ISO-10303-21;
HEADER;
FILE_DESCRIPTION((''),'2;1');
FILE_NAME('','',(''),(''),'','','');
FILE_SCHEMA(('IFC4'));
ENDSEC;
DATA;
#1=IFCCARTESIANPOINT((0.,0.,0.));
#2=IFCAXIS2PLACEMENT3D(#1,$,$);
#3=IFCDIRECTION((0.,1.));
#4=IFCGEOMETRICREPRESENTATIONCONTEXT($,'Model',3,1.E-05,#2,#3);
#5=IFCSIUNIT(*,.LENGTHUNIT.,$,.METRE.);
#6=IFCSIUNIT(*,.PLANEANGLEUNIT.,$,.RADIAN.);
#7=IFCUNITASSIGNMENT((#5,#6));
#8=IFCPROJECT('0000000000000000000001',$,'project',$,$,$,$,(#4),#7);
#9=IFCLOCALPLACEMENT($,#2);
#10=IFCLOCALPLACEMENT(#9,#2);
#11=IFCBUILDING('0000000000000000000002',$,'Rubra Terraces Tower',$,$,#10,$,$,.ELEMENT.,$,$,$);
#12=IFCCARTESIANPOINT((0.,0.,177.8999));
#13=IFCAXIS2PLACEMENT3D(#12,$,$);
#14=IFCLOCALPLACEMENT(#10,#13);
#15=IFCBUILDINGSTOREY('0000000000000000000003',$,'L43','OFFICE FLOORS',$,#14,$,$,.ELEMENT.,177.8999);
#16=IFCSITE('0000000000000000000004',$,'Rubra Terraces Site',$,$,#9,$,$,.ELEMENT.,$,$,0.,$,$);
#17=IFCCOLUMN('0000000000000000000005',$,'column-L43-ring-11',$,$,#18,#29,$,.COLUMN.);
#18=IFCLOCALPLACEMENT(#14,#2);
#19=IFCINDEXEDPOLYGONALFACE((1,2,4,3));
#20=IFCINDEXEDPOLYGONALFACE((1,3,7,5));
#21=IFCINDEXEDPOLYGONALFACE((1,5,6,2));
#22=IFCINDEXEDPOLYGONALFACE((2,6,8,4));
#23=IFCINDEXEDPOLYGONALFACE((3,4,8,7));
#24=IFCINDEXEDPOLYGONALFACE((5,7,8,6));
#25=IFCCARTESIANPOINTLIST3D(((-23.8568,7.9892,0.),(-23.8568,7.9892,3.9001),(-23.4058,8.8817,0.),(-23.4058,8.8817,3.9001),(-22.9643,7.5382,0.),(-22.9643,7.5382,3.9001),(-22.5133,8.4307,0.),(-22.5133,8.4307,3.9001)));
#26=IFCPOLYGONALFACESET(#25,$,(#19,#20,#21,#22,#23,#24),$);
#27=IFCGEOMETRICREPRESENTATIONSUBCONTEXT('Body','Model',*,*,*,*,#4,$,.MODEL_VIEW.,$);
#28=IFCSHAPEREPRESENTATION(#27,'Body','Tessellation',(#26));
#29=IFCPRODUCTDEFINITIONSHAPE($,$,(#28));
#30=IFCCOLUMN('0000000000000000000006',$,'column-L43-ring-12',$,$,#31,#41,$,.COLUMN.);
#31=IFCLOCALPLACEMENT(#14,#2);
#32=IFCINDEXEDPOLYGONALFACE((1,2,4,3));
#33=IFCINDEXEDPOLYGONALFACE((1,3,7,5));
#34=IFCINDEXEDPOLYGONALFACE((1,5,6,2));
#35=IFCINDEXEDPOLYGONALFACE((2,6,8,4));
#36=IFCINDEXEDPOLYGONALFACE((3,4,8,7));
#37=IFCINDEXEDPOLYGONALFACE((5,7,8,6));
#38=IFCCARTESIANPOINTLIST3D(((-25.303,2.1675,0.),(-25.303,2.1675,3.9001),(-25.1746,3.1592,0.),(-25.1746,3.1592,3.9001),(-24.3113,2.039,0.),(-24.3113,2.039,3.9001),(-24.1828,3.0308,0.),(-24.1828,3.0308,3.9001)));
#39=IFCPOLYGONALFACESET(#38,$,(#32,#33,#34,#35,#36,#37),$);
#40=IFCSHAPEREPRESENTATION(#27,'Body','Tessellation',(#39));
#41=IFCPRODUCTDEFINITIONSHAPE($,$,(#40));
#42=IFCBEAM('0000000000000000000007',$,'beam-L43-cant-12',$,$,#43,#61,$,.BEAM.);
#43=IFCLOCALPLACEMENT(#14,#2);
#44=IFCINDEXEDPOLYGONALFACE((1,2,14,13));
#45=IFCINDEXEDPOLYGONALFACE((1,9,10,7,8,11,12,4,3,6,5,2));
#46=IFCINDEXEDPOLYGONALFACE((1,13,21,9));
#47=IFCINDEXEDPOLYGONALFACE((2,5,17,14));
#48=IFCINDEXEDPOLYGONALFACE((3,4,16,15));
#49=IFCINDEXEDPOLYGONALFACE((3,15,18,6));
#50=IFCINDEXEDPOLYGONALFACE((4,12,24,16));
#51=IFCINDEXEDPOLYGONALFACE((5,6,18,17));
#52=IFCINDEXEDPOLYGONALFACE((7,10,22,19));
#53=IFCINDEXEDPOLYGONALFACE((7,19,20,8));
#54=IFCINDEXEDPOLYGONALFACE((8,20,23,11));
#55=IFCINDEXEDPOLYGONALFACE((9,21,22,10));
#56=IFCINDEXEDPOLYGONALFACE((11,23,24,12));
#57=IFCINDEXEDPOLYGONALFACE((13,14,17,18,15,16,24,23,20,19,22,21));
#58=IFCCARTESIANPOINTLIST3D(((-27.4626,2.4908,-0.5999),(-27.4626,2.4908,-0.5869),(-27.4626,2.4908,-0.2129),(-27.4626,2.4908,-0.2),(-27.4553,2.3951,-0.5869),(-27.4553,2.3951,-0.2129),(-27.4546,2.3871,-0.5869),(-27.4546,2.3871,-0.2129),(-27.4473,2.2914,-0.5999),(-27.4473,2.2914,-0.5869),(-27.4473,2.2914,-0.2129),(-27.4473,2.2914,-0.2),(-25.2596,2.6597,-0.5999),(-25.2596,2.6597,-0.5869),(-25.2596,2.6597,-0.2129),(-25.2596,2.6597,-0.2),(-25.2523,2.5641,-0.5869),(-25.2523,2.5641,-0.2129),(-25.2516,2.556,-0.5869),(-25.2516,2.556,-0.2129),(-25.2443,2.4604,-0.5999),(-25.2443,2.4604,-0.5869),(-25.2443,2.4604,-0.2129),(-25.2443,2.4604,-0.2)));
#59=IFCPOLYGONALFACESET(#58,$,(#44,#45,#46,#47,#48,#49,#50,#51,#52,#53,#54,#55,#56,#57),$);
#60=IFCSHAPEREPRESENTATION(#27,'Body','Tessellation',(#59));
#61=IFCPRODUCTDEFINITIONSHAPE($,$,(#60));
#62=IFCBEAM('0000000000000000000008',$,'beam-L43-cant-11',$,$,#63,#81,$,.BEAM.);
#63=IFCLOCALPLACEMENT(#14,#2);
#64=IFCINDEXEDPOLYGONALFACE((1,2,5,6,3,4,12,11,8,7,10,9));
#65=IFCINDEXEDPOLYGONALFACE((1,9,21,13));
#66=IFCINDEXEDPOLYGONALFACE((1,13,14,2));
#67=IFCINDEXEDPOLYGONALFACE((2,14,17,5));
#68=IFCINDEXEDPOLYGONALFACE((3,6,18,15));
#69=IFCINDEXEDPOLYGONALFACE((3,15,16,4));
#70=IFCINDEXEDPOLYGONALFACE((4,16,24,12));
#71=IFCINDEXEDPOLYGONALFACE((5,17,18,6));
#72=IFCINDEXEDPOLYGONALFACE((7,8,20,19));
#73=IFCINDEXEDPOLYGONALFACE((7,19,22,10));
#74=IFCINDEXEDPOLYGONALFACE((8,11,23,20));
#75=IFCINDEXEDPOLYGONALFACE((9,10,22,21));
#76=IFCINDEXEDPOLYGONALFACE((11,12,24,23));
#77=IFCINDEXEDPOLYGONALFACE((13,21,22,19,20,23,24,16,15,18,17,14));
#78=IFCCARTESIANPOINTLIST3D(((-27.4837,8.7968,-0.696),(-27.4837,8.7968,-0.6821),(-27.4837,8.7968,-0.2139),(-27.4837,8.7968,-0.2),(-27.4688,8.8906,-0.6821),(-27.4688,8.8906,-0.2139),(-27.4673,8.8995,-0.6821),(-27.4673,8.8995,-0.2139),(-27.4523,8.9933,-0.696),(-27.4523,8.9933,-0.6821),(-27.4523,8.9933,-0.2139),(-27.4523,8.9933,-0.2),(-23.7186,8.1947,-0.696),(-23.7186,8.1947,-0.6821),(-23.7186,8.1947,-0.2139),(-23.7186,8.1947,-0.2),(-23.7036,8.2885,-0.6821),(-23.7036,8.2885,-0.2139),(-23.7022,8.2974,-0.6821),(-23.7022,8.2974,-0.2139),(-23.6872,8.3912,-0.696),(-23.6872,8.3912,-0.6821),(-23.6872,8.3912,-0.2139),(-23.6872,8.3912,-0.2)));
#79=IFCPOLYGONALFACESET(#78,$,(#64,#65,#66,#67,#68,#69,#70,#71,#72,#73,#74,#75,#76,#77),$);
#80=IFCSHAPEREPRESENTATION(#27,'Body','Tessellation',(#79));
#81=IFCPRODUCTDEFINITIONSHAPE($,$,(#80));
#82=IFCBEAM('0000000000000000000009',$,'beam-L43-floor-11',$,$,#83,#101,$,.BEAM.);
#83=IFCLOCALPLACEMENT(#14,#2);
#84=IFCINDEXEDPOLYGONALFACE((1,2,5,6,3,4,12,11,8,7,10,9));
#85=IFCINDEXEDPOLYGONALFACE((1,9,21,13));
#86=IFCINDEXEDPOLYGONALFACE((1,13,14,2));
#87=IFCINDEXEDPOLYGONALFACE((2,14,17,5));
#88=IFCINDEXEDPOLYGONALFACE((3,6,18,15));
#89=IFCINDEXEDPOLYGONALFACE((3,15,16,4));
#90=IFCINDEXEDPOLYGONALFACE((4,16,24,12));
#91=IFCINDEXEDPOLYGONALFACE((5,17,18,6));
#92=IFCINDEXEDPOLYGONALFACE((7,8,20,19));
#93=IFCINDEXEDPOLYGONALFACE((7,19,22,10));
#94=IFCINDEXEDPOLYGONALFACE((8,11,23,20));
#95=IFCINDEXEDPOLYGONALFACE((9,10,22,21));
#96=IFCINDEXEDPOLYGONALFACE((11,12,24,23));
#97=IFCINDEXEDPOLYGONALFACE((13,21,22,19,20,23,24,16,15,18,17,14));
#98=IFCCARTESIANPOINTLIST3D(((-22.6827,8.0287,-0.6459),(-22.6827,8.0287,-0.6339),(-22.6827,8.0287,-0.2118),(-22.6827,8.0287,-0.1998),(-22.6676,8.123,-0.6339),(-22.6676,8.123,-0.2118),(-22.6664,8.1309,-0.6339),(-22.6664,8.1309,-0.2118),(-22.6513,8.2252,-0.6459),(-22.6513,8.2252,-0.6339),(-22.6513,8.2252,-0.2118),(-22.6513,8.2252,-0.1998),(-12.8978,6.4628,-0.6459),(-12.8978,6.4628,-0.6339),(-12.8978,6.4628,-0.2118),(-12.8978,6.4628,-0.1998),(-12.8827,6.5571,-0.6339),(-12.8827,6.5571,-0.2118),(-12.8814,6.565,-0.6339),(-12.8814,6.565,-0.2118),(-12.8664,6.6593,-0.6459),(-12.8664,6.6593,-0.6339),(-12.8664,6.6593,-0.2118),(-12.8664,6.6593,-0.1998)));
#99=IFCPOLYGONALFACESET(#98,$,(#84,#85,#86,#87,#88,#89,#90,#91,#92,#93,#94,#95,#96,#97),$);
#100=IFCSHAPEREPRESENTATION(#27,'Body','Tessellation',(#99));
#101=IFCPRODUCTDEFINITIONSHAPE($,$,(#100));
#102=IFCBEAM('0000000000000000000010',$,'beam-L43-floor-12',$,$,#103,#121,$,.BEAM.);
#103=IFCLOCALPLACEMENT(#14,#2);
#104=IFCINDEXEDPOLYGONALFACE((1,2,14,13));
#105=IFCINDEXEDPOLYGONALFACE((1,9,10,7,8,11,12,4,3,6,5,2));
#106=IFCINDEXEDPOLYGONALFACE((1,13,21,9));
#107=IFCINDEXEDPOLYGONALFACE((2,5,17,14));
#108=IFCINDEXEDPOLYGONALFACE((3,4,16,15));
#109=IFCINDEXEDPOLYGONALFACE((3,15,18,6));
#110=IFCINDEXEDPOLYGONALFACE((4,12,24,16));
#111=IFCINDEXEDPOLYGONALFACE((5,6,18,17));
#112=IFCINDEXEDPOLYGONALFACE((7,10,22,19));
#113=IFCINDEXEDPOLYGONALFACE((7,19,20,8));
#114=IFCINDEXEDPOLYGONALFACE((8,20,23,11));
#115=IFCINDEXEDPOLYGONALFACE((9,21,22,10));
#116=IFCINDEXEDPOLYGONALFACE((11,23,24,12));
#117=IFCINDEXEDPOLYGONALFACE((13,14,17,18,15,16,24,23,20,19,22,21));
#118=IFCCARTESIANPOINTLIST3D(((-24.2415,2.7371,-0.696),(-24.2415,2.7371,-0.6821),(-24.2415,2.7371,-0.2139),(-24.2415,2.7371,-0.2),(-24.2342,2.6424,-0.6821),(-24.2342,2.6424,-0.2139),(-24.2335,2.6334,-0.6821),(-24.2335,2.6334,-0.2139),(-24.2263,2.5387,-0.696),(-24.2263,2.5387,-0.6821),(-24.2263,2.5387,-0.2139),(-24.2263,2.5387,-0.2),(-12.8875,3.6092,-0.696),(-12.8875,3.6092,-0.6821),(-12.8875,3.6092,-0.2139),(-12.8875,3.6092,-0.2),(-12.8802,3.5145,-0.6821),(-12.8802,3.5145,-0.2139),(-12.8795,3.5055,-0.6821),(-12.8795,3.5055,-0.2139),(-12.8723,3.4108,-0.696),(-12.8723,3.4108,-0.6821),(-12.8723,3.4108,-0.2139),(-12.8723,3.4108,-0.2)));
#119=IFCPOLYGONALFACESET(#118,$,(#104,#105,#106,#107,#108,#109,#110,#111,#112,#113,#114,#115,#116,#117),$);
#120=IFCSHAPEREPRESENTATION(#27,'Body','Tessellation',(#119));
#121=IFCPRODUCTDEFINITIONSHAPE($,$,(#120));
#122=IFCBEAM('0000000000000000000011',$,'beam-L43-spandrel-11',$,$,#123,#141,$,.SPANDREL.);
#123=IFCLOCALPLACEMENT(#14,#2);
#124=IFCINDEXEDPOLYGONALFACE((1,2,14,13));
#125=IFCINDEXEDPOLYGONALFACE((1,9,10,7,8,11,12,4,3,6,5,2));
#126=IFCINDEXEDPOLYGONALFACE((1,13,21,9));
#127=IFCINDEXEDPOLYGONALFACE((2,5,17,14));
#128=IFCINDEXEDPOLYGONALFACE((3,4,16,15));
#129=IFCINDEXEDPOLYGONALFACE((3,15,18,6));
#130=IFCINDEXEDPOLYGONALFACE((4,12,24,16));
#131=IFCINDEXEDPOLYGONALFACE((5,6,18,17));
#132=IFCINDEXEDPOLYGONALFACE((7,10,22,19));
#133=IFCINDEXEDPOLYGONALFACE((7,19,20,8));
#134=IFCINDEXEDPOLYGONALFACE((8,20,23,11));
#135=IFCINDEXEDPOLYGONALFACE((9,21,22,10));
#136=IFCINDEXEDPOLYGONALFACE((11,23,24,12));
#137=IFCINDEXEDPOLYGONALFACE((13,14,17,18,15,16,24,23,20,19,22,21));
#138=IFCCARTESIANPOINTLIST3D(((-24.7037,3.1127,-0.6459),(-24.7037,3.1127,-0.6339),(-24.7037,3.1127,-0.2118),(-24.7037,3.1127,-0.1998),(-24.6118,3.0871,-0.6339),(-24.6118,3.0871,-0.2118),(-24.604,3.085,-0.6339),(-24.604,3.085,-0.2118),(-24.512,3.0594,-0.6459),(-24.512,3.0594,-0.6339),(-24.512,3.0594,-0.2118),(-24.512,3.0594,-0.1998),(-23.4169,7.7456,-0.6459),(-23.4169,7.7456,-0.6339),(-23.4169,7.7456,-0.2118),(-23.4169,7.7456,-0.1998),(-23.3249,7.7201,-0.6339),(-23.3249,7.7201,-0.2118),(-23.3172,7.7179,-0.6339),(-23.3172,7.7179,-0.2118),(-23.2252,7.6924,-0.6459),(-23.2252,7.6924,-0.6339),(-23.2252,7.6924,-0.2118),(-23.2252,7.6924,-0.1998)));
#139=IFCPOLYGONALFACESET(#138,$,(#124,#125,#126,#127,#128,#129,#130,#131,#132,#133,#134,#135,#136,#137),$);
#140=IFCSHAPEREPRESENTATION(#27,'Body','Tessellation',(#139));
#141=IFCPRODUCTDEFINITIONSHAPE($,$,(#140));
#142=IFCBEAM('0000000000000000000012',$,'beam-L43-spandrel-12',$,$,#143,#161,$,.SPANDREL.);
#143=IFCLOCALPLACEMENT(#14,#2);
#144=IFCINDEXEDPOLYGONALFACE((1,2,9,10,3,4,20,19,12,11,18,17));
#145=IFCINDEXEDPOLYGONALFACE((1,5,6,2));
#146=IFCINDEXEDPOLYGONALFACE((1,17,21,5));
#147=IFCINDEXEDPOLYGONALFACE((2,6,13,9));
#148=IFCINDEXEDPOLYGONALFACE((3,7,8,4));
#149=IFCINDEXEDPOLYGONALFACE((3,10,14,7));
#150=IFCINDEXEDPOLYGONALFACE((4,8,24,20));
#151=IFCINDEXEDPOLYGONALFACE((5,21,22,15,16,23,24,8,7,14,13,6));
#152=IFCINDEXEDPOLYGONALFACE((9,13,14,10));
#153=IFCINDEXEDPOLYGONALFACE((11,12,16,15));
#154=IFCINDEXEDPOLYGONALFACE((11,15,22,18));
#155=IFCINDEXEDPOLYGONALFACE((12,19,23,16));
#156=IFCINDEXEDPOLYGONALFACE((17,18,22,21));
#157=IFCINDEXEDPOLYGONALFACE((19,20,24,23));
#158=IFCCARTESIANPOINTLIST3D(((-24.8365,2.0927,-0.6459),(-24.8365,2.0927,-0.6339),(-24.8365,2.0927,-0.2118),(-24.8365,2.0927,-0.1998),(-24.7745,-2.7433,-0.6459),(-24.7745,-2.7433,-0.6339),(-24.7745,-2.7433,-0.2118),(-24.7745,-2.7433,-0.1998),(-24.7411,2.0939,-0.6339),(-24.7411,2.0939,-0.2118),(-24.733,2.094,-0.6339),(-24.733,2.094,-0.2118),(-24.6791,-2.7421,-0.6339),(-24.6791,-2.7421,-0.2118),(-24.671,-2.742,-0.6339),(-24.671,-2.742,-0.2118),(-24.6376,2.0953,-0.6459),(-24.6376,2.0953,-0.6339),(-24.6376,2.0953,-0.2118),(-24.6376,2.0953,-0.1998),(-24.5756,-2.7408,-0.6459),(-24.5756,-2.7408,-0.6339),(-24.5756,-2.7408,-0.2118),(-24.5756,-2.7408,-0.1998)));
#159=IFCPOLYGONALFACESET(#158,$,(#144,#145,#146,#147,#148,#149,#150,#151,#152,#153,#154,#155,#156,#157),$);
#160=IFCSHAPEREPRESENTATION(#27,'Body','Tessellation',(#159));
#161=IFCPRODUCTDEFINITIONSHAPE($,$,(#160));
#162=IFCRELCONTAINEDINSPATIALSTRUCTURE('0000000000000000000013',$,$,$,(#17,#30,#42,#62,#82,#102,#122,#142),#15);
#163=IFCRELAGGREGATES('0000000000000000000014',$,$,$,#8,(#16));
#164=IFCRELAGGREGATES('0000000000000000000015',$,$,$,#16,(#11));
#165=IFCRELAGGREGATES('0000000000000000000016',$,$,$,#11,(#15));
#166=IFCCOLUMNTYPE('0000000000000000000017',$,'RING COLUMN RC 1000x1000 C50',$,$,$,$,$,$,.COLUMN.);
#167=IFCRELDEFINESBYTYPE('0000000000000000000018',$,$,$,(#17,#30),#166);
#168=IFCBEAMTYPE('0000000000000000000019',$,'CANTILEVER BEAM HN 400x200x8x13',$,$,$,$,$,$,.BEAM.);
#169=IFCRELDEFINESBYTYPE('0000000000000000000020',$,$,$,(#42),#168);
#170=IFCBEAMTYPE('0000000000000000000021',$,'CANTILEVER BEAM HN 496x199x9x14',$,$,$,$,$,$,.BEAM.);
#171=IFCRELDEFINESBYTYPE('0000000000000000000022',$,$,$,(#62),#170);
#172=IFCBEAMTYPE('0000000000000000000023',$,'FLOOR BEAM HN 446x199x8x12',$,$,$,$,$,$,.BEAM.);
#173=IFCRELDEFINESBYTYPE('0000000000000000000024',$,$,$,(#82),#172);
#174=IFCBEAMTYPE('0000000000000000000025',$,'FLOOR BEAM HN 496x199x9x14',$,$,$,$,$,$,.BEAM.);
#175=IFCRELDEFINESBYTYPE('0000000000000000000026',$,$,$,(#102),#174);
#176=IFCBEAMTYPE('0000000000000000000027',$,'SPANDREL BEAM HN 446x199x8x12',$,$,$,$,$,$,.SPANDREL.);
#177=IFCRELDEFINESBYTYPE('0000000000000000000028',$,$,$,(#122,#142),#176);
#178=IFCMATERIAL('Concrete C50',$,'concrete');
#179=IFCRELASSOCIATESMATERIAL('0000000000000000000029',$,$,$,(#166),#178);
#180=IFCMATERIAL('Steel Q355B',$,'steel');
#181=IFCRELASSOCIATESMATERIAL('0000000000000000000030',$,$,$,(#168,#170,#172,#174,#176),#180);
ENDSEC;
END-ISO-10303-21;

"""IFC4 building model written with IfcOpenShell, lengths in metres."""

from ifc_helpers import new_model, si_unit, direction, frame, origin, origin_2d, place, context, subcontext, project, spatial, rectangle, i_section, extrude, material, material_profile, profile_set, type_object, element, save


model = new_model("IFC4")

# Units and contexts
model_context = context("Model", 3, precision=1e-05, world=origin(), true_north=direction((0.0, 1.0)))
body_context = subcontext(model_context, "Body", "Model", "MODEL_VIEW")
ifc_project = project(units=[si_unit("LENGTHUNIT", "METRE"), si_unit("PLANEANGLEUNIT", "RADIAN")], contexts=[model_context])

# Site, building, storey
site_placement = place(None, origin())
site = spatial("IfcSite", under=ifc_project, at=site_placement, Name="Rubra Terraces Site", CompositionType="ELEMENT", RefElevation=0.0)
building_placement = place(site_placement, origin())
building = spatial("IfcBuilding", under=site, at=building_placement, Name="Rubra Terraces Tower", CompositionType="ELEMENT")
storey_placement = place(building_placement, frame((0.0, 0.0, 177.8999)))
storey = spatial("IfcBuildingStorey", under=building, at=storey_placement, Name="L43", Description="OFFICE FLOORS", CompositionType="ELEMENT", Elevation=177.8999)

# Columns
ifc_material_1 = material(Name="Concrete C50", Category="concrete")
ifc_material_profile_1 = material_profile(ifc_material_1, rectangle(XDim=1.0, YDim=1.0, at=origin_2d()), Name="RC 1000x1000")
ifc_profile_set_1 = profile_set([ifc_material_profile_1], Name="Concrete C50")
column_type = type_object("IfcColumnType", Name="RING COLUMN RC 1000x1000 C50", PredefinedType="COLUMN", material=ifc_profile_set_1)
for number, where, z_axis, x_axis, name in (
    (1, (-23.1851, 8.21, 0.0), (0.0, 0.0, 1.0), (-0.451028, -0.89251, 0.0), "column-L43-ring-11"),
    (2, (-24.7429, 2.5991, 0.0), (0.0, 0.0, 1.0), (-0.128444, -0.991717, 0.0), "column-L43-ring-12"),
):
    element("IfcColumn", number, at=place(storey_placement, frame(where, z_axis=z_axis, x_axis=x_axis)), inside=storey, type_object=column_type, Name=name, PredefinedType="COLUMN", context=body_context, shape_type="SweptSolid", body=[
        extrude(rectangle(XDim=1.0, YDim=1.0, at=origin_2d()), origin(), (0.0, 0.0, 1.0), 3.9001),
    ])

# Beams
ifc_material_2 = material(Name="Steel Q355B", Category="steel")
ifc_material_profile_2 = material_profile(ifc_material_2, i_section(OverallWidth=0.2, OverallDepth=0.3999, WebThickness=0.0081, FlangeThickness=0.0129, at=origin_2d()), Name="HN 400x200x8x13")
ifc_profile_set_2 = profile_set([ifc_material_profile_2], Name="Steel Q355B")
beam_type_1 = type_object("IfcBeamType", Name="CANTILEVER BEAM HN 400x200x8x13", PredefinedType="BEAM", material=ifc_profile_set_2)
beam_1_placement = place(storey_placement, frame((-25.252, 2.5601, -0.3999), z_axis=(-0.997073, -0.07646, 0.0), x_axis=(0.07646, -0.997073, 0.0)))
element("IfcBeam", 3, at=beam_1_placement, inside=storey, type_object=beam_type_1, Name="beam-L43-cant-12", PredefinedType="BEAM", context=body_context, shape_type="SweptSolid", body=[
    extrude(i_section(OverallWidth=0.2, OverallDepth=0.3999, WebThickness=0.0081, FlangeThickness=0.0129, at=origin_2d()), origin(), (0.0, 0.0, 1.0), 2.2095),
])
ifc_material_profile_3 = material_profile(ifc_material_2, i_section(OverallWidth=0.199, OverallDepth=0.4961, WebThickness=0.009, FlangeThickness=0.0139, at=origin_2d()), Name="HN 496x199x9x14")
ifc_profile_set_3 = profile_set([ifc_material_profile_3], Name="Steel Q355B")
beam_type_2 = type_object("IfcBeamType", Name="CANTILEVER BEAM HN 496x199x9x14", PredefinedType="BEAM", material=ifc_profile_set_3)
beam_2_placement = place(storey_placement, frame((-23.7029, 8.293, -0.448), z_axis=(-0.987456, 0.157896, 0.0), x_axis=(-0.157896, -0.987456, 0.0)))
element("IfcBeam", 4, at=beam_2_placement, inside=storey, type_object=beam_type_2, Name="beam-L43-cant-11", PredefinedType="BEAM", context=body_context, shape_type="SweptSolid", body=[
    extrude(i_section(OverallWidth=0.199, OverallDepth=0.4961, WebThickness=0.009, FlangeThickness=0.0139, at=origin_2d()), origin(), (0.0, 0.0, 1.0), 3.813),
])
ifc_material_profile_4 = material_profile(ifc_material_2, i_section(OverallWidth=0.199, OverallDepth=0.446, WebThickness=0.0081, FlangeThickness=0.012, at=origin_2d()), Name="HN 446x199x8x12")
ifc_profile_set_4 = profile_set([ifc_material_profile_4], Name="Steel Q355B")
beam_type_3 = type_object("IfcBeamType", Name="FLOOR BEAM HN 446x199x8x12", PredefinedType="BEAM", material=ifc_profile_set_4)
beam_3_placement = place(storey_placement, frame((-22.667, 8.127, -0.4229), z_axis=(0.987435, -0.158023, 0.0), x_axis=(0.158023, 0.987435, 0.0)))
element("IfcBeam", 5, at=beam_3_placement, inside=storey, type_object=beam_type_3, Name="beam-L43-floor-11", PredefinedType="BEAM", context=body_context, shape_type="SweptSolid", body=[
    extrude(i_section(OverallWidth=0.199, OverallDepth=0.446, WebThickness=0.0081, FlangeThickness=0.012, at=origin_2d()), origin(), (0.0, 0.0, 1.0), 9.9094),
])
ifc_material_profile_5 = material_profile(ifc_material_2, i_section(OverallWidth=0.199, OverallDepth=0.4961, WebThickness=0.009, FlangeThickness=0.0139, at=origin_2d()), Name="HN 496x199x9x14")
ifc_profile_set_5 = profile_set([ifc_material_profile_5], Name="Steel Q355B")
beam_type_4 = type_object("IfcBeamType", Name="FLOOR BEAM HN 496x199x9x14", PredefinedType="BEAM", material=ifc_profile_set_5)
beam_4_placement = place(storey_placement, frame((-24.2339, 2.6379, -0.448), z_axis=(0.997063, 0.076582, 0.0), x_axis=(-0.076582, 0.997063, 0.0)))
element("IfcBeam", 6, at=beam_4_placement, inside=storey, type_object=beam_type_4, Name="beam-L43-floor-12", PredefinedType="BEAM", context=body_context, shape_type="SweptSolid", body=[
    extrude(i_section(OverallWidth=0.199, OverallDepth=0.4961, WebThickness=0.009, FlangeThickness=0.0139, at=origin_2d()), origin(), (0.0, 0.0, 1.0), 11.3875),
])
ifc_material_profile_6 = material_profile(ifc_material_2, i_section(OverallWidth=0.199, OverallDepth=0.446, WebThickness=0.0081, FlangeThickness=0.012, at=origin_2d()), Name="HN 446x199x8x12")
ifc_profile_set_6 = profile_set([ifc_material_profile_6], Name="Steel Q355B")
beam_type_5 = type_object("IfcBeamType", Name="SPANDREL BEAM HN 446x199x8x12", PredefinedType="SPANDREL", material=ifc_profile_set_6)
beam_5_placement = place(storey_placement, frame((-23.321, 7.719, -0.4229), z_axis=(-0.267626, -0.963523, 0.0), x_axis=(0.963523, -0.267626, 0.0)))
element("IfcBeam", 7, at=beam_5_placement, inside=storey, type_object=beam_type_5, Name="beam-L43-spandrel-11", PredefinedType="SPANDREL", context=body_context, shape_type="SweptSolid", body=[
    extrude(i_section(OverallWidth=0.199, OverallDepth=0.446, WebThickness=0.0081, FlangeThickness=0.012, at=origin_2d()), origin(), (0.0, 0.0, 1.0), 4.8083),
])
beam_6_placement = place(storey_placement, frame((-24.7371, 2.094, -0.4229), z_axis=(0.012822, -0.999918, 0.0), x_axis=(0.999918, 0.012822, 0.0)))
element("IfcBeam", 8, at=beam_6_placement, inside=storey, type_object=beam_type_5, Name="beam-L43-spandrel-12", PredefinedType="SPANDREL", context=body_context, shape_type="SweptSolid", body=[
    extrude(i_section(OverallWidth=0.199, OverallDepth=0.446, WebThickness=0.0081, FlangeThickness=0.012, at=origin_2d()), origin(), (0.0, 0.0, 1.0), 4.8364),
])

save(model, "model.ifc")
